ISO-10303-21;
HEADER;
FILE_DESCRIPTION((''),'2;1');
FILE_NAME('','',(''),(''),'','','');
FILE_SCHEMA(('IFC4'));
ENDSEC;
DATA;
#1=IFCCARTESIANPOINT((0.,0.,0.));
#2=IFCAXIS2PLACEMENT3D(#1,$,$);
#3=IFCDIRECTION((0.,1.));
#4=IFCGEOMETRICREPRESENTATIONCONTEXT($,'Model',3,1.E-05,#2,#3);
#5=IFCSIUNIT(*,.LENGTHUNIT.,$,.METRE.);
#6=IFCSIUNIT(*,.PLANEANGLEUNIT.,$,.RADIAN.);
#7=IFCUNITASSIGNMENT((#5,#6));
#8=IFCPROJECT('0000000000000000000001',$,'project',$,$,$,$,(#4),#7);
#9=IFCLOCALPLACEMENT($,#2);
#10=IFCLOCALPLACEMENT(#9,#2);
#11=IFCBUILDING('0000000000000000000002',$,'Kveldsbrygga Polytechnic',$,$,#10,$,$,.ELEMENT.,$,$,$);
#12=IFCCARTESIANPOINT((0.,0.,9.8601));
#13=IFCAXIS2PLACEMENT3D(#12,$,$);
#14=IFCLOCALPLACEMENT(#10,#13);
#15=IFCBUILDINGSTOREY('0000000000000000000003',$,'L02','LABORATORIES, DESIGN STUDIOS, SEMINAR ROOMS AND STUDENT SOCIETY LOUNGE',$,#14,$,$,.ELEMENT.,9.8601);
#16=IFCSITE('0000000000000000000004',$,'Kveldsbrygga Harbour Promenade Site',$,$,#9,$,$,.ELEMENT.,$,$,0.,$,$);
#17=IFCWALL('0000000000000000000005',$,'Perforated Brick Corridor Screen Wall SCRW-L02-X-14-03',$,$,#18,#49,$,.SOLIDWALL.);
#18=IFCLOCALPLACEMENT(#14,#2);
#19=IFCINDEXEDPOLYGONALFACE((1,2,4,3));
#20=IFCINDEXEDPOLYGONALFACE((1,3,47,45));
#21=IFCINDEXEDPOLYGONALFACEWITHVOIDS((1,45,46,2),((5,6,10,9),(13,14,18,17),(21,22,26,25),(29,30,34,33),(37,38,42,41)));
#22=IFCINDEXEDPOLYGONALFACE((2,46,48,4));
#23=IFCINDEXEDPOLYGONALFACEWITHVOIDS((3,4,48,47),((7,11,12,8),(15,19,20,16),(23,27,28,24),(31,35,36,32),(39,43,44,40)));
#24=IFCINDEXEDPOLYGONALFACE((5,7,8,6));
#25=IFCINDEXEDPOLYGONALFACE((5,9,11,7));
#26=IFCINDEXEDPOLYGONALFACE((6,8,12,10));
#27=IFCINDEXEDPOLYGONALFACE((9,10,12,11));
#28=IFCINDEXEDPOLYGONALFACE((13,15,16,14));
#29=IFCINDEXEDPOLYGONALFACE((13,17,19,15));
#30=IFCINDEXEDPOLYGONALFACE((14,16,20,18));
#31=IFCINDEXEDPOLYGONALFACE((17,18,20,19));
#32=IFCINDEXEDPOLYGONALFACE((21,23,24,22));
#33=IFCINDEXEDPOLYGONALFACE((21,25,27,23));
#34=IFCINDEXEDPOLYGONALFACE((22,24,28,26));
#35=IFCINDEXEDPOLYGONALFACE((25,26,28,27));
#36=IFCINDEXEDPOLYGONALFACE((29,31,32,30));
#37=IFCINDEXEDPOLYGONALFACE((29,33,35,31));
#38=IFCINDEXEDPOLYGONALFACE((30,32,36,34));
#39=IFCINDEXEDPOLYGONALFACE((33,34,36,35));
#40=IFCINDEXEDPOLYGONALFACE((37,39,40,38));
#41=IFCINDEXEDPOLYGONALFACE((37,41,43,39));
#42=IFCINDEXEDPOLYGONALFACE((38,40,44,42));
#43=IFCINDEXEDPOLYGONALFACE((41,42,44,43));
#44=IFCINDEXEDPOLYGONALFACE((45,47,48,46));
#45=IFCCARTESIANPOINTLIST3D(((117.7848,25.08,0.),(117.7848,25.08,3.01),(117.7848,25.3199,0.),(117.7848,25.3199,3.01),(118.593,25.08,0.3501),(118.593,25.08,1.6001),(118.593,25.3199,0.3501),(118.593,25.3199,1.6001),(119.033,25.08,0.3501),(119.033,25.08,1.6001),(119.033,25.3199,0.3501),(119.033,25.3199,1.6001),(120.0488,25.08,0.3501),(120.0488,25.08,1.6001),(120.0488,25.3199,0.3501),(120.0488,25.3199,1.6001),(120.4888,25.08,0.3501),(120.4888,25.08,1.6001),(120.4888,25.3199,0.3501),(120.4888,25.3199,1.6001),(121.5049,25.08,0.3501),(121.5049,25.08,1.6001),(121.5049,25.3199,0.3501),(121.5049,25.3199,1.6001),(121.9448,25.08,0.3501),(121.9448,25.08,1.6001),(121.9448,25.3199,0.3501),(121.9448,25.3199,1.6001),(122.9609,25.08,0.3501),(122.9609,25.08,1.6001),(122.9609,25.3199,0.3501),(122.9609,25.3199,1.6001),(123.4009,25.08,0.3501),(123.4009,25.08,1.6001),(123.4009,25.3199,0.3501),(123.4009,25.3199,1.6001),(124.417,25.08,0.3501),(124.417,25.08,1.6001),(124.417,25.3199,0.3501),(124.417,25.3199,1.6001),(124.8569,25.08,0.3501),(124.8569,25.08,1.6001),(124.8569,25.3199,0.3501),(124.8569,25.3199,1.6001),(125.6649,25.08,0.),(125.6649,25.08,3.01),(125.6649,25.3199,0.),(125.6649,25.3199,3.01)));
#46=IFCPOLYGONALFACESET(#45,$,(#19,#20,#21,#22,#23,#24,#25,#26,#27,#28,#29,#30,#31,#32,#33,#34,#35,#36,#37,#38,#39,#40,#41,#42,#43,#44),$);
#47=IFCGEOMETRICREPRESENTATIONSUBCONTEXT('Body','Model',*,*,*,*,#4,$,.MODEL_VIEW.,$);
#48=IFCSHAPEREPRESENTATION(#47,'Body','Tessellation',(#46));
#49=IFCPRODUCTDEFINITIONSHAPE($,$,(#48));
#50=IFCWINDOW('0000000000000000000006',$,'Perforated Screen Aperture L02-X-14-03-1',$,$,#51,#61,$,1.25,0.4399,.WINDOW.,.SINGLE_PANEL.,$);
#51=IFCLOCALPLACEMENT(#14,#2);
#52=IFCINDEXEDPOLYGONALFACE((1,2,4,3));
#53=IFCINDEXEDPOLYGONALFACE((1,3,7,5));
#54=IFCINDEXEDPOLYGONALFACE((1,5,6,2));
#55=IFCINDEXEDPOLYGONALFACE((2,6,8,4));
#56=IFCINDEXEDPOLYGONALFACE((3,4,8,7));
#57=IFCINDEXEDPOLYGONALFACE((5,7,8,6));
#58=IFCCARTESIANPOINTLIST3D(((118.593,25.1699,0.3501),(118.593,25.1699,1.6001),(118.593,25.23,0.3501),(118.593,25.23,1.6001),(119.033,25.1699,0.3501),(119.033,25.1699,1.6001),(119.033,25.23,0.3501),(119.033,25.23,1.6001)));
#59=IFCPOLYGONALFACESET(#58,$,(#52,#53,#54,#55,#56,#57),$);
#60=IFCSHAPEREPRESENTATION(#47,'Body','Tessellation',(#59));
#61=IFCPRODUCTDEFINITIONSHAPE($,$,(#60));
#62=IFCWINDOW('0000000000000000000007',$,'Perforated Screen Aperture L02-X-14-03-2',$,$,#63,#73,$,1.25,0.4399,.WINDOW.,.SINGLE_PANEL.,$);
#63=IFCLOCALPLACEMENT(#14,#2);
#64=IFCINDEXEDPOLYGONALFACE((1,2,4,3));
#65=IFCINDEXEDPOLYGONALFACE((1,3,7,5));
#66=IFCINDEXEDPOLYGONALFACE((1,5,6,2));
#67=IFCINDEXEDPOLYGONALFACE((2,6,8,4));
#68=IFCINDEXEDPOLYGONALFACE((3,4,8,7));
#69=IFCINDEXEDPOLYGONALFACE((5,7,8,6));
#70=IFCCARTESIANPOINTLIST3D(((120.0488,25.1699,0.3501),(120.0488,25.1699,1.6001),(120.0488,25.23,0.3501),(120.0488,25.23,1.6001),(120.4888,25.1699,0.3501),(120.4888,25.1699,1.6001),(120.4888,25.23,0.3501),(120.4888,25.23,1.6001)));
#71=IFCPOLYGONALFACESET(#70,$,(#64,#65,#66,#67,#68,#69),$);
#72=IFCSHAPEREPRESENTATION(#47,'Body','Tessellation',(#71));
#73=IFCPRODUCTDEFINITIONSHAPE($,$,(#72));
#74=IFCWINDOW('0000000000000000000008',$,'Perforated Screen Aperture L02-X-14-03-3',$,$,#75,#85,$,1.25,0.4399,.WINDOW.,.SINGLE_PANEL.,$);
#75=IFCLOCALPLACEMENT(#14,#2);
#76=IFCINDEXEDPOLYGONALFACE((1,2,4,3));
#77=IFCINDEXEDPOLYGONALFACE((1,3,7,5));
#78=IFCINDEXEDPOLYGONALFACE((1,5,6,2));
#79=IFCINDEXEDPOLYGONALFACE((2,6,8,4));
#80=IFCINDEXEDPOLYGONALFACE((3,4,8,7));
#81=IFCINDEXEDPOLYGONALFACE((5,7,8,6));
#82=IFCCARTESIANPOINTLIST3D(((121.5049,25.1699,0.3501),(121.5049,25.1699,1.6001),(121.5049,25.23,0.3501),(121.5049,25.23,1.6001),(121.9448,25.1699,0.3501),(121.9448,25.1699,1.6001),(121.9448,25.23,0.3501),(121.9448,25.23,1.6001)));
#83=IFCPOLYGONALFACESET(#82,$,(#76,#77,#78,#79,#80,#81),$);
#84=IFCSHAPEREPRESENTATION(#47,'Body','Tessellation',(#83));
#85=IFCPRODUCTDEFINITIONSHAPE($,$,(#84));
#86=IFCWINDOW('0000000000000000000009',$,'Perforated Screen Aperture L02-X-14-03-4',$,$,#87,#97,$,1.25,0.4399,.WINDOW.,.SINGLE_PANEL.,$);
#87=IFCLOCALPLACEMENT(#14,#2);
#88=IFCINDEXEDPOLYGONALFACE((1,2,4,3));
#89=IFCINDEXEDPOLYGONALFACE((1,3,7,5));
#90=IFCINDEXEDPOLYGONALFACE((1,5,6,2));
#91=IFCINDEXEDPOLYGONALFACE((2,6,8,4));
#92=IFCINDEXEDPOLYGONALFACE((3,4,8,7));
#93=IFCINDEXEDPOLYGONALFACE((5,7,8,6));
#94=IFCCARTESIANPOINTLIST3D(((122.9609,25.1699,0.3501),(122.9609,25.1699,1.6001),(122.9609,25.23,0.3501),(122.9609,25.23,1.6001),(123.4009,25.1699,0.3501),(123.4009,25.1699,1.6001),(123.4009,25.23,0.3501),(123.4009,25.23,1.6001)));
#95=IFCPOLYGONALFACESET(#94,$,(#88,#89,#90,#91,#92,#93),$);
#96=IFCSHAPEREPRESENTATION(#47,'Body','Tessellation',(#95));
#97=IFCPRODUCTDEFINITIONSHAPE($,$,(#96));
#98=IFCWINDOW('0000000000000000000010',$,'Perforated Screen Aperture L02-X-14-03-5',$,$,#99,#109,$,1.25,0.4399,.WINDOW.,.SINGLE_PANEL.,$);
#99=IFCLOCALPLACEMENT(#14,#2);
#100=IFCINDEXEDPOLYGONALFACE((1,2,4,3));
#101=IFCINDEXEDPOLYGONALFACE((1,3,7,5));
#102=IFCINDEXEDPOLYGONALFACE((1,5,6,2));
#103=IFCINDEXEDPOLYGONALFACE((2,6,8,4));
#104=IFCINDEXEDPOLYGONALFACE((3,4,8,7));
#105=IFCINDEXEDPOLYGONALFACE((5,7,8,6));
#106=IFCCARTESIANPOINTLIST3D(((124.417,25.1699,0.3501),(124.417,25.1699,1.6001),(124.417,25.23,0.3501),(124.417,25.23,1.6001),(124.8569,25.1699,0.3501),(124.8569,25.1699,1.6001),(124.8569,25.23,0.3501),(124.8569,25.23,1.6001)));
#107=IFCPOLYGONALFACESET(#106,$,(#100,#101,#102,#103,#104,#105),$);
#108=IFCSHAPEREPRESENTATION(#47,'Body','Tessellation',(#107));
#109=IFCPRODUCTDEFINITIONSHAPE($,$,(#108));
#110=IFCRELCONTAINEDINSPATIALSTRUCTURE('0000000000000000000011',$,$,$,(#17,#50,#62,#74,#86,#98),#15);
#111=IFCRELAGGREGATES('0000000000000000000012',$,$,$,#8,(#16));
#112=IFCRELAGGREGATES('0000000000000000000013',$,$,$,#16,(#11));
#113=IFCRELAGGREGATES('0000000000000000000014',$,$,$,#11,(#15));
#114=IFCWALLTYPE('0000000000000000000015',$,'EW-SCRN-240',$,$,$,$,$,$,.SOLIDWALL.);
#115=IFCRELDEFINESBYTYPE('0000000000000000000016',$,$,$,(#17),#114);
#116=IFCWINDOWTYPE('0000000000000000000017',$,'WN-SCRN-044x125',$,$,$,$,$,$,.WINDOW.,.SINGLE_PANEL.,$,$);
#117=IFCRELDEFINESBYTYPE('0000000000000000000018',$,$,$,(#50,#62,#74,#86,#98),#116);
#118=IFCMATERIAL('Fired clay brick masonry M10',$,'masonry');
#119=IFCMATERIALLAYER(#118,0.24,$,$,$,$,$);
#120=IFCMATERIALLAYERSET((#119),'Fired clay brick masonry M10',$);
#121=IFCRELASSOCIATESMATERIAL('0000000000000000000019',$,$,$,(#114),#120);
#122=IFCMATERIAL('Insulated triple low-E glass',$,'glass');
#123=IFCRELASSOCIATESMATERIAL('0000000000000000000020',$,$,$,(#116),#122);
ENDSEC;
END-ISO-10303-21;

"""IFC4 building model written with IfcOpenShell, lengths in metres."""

from ifc_helpers import new_model, si_unit, direction, frame, frame_2d, origin, place, context, subcontext, project, spatial, rectangle, extrude, material, layer, layer_set, type_object, element, fill, save


model = new_model("IFC4")

# Units and contexts
model_context = context("Model", 3, precision=1e-05, world=origin(), true_north=direction((0.0, 1.0)))
body_context = subcontext(model_context, "Body", "Model", "MODEL_VIEW")
ifc_project = project(units=[si_unit("LENGTHUNIT", "METRE"), si_unit("PLANEANGLEUNIT", "RADIAN")], contexts=[model_context])

# Site, building, storey
site_placement = place(None, origin())
site = spatial("IfcSite", under=ifc_project, at=site_placement, Name="Kveldsbrygga Harbour Promenade Site", CompositionType="ELEMENT", RefElevation=0.0)
building_placement = place(site_placement, origin())
building = spatial("IfcBuilding", under=site, at=building_placement, Name="Kveldsbrygga Polytechnic", CompositionType="ELEMENT")
storey_placement = place(building_placement, frame((0.0, 0.0, 9.8601)))
storey = spatial("IfcBuildingStorey", under=building, at=storey_placement, Name="L02", Description="LABORATORIES, DESIGN STUDIOS, SEMINAR ROOMS AND STUDENT SOCIETY LOUNGE", CompositionType="ELEMENT", Elevation=9.8601)

# Shared definitions
ifc_material_1 = material(Name="Insulated triple low-E glass", Category="glass")

# Wall, openings, windows
ifc_material_2 = material(Name="Fired clay brick masonry M10", Category="masonry")
ifc_layer_1 = layer(ifc_material_2, 0.24)
ifc_layer_set_1 = layer_set([ifc_layer_1], Name="Fired clay brick masonry M10")
wall_type = type_object("IfcWallType", Name="EW-SCRN-240", PredefinedType="SOLIDWALL", material=ifc_layer_set_1)
wall_placement = place(storey_placement, frame((117.7849, 25.2, 0.0), z_axis=(0.0, 0.0, 1.0), x_axis=(1.0, 0.0, 0.0)))
wall = element("IfcWall", 1, at=wall_placement, inside=storey, type_object=wall_type, Name="Perforated Brick Corridor Screen Wall SCRW-L02-X-14-03", PredefinedType="SOLIDWALL", context=body_context, shape_type="SweptSolid", body=[
    extrude(rectangle(XDim=7.8801, YDim=0.24, at=frame_2d((3.9399, 0.0))), origin(), (0.0, 0.0, 1.0), 3.01),
])
opening_1_placement = place(wall_placement, frame((0.8081, 0.0, 0.3501)))
opening_1 = element("IfcOpeningElement", 2, at=opening_1_placement, cuts=wall, PredefinedType="OPENING", context=body_context, shape_type="SweptSolid", body=[
    extrude(rectangle(XDim=0.4399, YDim=1.25, at=frame_2d((0.22, 0.625))), frame((0.0, 0.1299, 0.0), z_axis=(0.0, -1.0, 0.0), x_axis=(1.0, 0.0, 0.0)), (0.0, 0.0, 1.0), 0.26),
])
opening_2_placement = place(wall_placement, frame((2.2639, 0.0, 0.3501)))
opening_2 = element("IfcOpeningElement", 3, at=opening_2_placement, cuts=wall, PredefinedType="OPENING", context=body_context, shape_type="SweptSolid", body=[
    extrude(rectangle(XDim=0.4399, YDim=1.25, at=frame_2d((0.22, 0.625))), frame((0.0, 0.1299, 0.0), z_axis=(0.0, -1.0, 0.0), x_axis=(1.0, 0.0, 0.0)), (0.0, 0.0, 1.0), 0.26),
])
opening_3_placement = place(wall_placement, frame((3.72, 0.0, 0.3501)))
opening_3 = element("IfcOpeningElement", 4, at=opening_3_placement, cuts=wall, PredefinedType="OPENING", context=body_context, shape_type="SweptSolid", body=[
    extrude(rectangle(XDim=0.4399, YDim=1.25, at=frame_2d((0.22, 0.625))), frame((0.0, 0.1299, 0.0), z_axis=(0.0, -1.0, 0.0), x_axis=(1.0, 0.0, 0.0)), (0.0, 0.0, 1.0), 0.26),
])
opening_4_placement = place(wall_placement, frame((5.176, 0.0, 0.3501)))
opening_4 = element("IfcOpeningElement", 5, at=opening_4_placement, cuts=wall, PredefinedType="OPENING", context=body_context, shape_type="SweptSolid", body=[
    extrude(rectangle(XDim=0.4399, YDim=1.25, at=frame_2d((0.22, 0.625))), frame((0.0, 0.1299, 0.0), z_axis=(0.0, -1.0, 0.0), x_axis=(1.0, 0.0, 0.0)), (0.0, 0.0, 1.0), 0.26),
])
opening_5_placement = place(wall_placement, frame((6.6321, 0.0, 0.3501)))
opening_5 = element("IfcOpeningElement", 6, at=opening_5_placement, cuts=wall, PredefinedType="OPENING", context=body_context, shape_type="SweptSolid", body=[
    extrude(rectangle(XDim=0.4399, YDim=1.25, at=frame_2d((0.22, 0.625))), frame((0.0, 0.1299, 0.0), z_axis=(0.0, -1.0, 0.0), x_axis=(1.0, 0.0, 0.0)), (0.0, 0.0, 1.0), 0.26),
])
window_type = type_object("IfcWindowType", Name="WN-SCRN-044x125", PartitioningType="SINGLE_PANEL", PredefinedType="WINDOW", material=ifc_material_1)
window_1_placement = place(opening_1_placement, origin())
window_1 = element("IfcWindow", 7, at=window_1_placement, inside=storey, type_object=window_type, Name="Perforated Screen Aperture L02-X-14-03-1", OverallHeight=1.25, OverallWidth=0.4399, PartitioningType="SINGLE_PANEL", PredefinedType="WINDOW", context=body_context, shape_type="SweptSolid", body=[
    extrude(rectangle(XDim=0.4399, YDim=1.25, at=frame_2d((0.22, 0.625))), frame((0.0, 0.03, 0.0), z_axis=(0.0, -1.0, 0.0), x_axis=(1.0, 0.0, 0.0)), (0.0, 0.0, 1.0), 0.0601),
])
fill(opening_1, window_1)
window_2_placement = place(opening_2_placement, origin())
window_2 = element("IfcWindow", 8, at=window_2_placement, inside=storey, type_object=window_type, Name="Perforated Screen Aperture L02-X-14-03-2", OverallHeight=1.25, OverallWidth=0.4399, PartitioningType="SINGLE_PANEL", PredefinedType="WINDOW", context=body_context, shape_type="SweptSolid", body=[
    extrude(rectangle(XDim=0.4399, YDim=1.25, at=frame_2d((0.22, 0.625))), frame((0.0, 0.03, 0.0), z_axis=(0.0, -1.0, 0.0), x_axis=(1.0, 0.0, 0.0)), (0.0, 0.0, 1.0), 0.0601),
])
fill(opening_2, window_2)
window_3_placement = place(opening_3_placement, origin())
window_3 = element("IfcWindow", 9, at=window_3_placement, inside=storey, type_object=window_type, Name="Perforated Screen Aperture L02-X-14-03-3", OverallHeight=1.25, OverallWidth=0.4399, PartitioningType="SINGLE_PANEL", PredefinedType="WINDOW", context=body_context, shape_type="SweptSolid", body=[
    extrude(rectangle(XDim=0.4399, YDim=1.25, at=frame_2d((0.22, 0.625))), frame((0.0, 0.03, 0.0), z_axis=(0.0, -1.0, 0.0), x_axis=(1.0, 0.0, 0.0)), (0.0, 0.0, 1.0), 0.0601),
])
fill(opening_3, window_3)
window_4_placement = place(opening_4_placement, origin())
window_4 = element("IfcWindow", 10, at=window_4_placement, inside=storey, type_object=window_type, Name="Perforated Screen Aperture L02-X-14-03-4", OverallHeight=1.25, OverallWidth=0.4399, PartitioningType="SINGLE_PANEL", PredefinedType="WINDOW", context=body_context, shape_type="SweptSolid", body=[
    extrude(rectangle(XDim=0.4399, YDim=1.25, at=frame_2d((0.22, 0.625))), frame((0.0, 0.03, 0.0), z_axis=(0.0, -1.0, 0.0), x_axis=(1.0, 0.0, 0.0)), (0.0, 0.0, 1.0), 0.0601),
])
fill(opening_4, window_4)
window_5_placement = place(opening_5_placement, origin())
window_5 = element("IfcWindow", 11, at=window_5_placement, inside=storey, type_object=window_type, Name="Perforated Screen Aperture L02-X-14-03-5", OverallHeight=1.25, OverallWidth=0.4399, PartitioningType="SINGLE_PANEL", PredefinedType="WINDOW", context=body_context, shape_type="SweptSolid", body=[
    extrude(rectangle(XDim=0.4399, YDim=1.25, at=frame_2d((0.22, 0.625))), frame((0.0, 0.03, 0.0), z_axis=(0.0, -1.0, 0.0), x_axis=(1.0, 0.0, 0.0)), (0.0, 0.0, 1.0), 0.0601),
])
fill(opening_5, window_5)

save(model, "model.ifc")
